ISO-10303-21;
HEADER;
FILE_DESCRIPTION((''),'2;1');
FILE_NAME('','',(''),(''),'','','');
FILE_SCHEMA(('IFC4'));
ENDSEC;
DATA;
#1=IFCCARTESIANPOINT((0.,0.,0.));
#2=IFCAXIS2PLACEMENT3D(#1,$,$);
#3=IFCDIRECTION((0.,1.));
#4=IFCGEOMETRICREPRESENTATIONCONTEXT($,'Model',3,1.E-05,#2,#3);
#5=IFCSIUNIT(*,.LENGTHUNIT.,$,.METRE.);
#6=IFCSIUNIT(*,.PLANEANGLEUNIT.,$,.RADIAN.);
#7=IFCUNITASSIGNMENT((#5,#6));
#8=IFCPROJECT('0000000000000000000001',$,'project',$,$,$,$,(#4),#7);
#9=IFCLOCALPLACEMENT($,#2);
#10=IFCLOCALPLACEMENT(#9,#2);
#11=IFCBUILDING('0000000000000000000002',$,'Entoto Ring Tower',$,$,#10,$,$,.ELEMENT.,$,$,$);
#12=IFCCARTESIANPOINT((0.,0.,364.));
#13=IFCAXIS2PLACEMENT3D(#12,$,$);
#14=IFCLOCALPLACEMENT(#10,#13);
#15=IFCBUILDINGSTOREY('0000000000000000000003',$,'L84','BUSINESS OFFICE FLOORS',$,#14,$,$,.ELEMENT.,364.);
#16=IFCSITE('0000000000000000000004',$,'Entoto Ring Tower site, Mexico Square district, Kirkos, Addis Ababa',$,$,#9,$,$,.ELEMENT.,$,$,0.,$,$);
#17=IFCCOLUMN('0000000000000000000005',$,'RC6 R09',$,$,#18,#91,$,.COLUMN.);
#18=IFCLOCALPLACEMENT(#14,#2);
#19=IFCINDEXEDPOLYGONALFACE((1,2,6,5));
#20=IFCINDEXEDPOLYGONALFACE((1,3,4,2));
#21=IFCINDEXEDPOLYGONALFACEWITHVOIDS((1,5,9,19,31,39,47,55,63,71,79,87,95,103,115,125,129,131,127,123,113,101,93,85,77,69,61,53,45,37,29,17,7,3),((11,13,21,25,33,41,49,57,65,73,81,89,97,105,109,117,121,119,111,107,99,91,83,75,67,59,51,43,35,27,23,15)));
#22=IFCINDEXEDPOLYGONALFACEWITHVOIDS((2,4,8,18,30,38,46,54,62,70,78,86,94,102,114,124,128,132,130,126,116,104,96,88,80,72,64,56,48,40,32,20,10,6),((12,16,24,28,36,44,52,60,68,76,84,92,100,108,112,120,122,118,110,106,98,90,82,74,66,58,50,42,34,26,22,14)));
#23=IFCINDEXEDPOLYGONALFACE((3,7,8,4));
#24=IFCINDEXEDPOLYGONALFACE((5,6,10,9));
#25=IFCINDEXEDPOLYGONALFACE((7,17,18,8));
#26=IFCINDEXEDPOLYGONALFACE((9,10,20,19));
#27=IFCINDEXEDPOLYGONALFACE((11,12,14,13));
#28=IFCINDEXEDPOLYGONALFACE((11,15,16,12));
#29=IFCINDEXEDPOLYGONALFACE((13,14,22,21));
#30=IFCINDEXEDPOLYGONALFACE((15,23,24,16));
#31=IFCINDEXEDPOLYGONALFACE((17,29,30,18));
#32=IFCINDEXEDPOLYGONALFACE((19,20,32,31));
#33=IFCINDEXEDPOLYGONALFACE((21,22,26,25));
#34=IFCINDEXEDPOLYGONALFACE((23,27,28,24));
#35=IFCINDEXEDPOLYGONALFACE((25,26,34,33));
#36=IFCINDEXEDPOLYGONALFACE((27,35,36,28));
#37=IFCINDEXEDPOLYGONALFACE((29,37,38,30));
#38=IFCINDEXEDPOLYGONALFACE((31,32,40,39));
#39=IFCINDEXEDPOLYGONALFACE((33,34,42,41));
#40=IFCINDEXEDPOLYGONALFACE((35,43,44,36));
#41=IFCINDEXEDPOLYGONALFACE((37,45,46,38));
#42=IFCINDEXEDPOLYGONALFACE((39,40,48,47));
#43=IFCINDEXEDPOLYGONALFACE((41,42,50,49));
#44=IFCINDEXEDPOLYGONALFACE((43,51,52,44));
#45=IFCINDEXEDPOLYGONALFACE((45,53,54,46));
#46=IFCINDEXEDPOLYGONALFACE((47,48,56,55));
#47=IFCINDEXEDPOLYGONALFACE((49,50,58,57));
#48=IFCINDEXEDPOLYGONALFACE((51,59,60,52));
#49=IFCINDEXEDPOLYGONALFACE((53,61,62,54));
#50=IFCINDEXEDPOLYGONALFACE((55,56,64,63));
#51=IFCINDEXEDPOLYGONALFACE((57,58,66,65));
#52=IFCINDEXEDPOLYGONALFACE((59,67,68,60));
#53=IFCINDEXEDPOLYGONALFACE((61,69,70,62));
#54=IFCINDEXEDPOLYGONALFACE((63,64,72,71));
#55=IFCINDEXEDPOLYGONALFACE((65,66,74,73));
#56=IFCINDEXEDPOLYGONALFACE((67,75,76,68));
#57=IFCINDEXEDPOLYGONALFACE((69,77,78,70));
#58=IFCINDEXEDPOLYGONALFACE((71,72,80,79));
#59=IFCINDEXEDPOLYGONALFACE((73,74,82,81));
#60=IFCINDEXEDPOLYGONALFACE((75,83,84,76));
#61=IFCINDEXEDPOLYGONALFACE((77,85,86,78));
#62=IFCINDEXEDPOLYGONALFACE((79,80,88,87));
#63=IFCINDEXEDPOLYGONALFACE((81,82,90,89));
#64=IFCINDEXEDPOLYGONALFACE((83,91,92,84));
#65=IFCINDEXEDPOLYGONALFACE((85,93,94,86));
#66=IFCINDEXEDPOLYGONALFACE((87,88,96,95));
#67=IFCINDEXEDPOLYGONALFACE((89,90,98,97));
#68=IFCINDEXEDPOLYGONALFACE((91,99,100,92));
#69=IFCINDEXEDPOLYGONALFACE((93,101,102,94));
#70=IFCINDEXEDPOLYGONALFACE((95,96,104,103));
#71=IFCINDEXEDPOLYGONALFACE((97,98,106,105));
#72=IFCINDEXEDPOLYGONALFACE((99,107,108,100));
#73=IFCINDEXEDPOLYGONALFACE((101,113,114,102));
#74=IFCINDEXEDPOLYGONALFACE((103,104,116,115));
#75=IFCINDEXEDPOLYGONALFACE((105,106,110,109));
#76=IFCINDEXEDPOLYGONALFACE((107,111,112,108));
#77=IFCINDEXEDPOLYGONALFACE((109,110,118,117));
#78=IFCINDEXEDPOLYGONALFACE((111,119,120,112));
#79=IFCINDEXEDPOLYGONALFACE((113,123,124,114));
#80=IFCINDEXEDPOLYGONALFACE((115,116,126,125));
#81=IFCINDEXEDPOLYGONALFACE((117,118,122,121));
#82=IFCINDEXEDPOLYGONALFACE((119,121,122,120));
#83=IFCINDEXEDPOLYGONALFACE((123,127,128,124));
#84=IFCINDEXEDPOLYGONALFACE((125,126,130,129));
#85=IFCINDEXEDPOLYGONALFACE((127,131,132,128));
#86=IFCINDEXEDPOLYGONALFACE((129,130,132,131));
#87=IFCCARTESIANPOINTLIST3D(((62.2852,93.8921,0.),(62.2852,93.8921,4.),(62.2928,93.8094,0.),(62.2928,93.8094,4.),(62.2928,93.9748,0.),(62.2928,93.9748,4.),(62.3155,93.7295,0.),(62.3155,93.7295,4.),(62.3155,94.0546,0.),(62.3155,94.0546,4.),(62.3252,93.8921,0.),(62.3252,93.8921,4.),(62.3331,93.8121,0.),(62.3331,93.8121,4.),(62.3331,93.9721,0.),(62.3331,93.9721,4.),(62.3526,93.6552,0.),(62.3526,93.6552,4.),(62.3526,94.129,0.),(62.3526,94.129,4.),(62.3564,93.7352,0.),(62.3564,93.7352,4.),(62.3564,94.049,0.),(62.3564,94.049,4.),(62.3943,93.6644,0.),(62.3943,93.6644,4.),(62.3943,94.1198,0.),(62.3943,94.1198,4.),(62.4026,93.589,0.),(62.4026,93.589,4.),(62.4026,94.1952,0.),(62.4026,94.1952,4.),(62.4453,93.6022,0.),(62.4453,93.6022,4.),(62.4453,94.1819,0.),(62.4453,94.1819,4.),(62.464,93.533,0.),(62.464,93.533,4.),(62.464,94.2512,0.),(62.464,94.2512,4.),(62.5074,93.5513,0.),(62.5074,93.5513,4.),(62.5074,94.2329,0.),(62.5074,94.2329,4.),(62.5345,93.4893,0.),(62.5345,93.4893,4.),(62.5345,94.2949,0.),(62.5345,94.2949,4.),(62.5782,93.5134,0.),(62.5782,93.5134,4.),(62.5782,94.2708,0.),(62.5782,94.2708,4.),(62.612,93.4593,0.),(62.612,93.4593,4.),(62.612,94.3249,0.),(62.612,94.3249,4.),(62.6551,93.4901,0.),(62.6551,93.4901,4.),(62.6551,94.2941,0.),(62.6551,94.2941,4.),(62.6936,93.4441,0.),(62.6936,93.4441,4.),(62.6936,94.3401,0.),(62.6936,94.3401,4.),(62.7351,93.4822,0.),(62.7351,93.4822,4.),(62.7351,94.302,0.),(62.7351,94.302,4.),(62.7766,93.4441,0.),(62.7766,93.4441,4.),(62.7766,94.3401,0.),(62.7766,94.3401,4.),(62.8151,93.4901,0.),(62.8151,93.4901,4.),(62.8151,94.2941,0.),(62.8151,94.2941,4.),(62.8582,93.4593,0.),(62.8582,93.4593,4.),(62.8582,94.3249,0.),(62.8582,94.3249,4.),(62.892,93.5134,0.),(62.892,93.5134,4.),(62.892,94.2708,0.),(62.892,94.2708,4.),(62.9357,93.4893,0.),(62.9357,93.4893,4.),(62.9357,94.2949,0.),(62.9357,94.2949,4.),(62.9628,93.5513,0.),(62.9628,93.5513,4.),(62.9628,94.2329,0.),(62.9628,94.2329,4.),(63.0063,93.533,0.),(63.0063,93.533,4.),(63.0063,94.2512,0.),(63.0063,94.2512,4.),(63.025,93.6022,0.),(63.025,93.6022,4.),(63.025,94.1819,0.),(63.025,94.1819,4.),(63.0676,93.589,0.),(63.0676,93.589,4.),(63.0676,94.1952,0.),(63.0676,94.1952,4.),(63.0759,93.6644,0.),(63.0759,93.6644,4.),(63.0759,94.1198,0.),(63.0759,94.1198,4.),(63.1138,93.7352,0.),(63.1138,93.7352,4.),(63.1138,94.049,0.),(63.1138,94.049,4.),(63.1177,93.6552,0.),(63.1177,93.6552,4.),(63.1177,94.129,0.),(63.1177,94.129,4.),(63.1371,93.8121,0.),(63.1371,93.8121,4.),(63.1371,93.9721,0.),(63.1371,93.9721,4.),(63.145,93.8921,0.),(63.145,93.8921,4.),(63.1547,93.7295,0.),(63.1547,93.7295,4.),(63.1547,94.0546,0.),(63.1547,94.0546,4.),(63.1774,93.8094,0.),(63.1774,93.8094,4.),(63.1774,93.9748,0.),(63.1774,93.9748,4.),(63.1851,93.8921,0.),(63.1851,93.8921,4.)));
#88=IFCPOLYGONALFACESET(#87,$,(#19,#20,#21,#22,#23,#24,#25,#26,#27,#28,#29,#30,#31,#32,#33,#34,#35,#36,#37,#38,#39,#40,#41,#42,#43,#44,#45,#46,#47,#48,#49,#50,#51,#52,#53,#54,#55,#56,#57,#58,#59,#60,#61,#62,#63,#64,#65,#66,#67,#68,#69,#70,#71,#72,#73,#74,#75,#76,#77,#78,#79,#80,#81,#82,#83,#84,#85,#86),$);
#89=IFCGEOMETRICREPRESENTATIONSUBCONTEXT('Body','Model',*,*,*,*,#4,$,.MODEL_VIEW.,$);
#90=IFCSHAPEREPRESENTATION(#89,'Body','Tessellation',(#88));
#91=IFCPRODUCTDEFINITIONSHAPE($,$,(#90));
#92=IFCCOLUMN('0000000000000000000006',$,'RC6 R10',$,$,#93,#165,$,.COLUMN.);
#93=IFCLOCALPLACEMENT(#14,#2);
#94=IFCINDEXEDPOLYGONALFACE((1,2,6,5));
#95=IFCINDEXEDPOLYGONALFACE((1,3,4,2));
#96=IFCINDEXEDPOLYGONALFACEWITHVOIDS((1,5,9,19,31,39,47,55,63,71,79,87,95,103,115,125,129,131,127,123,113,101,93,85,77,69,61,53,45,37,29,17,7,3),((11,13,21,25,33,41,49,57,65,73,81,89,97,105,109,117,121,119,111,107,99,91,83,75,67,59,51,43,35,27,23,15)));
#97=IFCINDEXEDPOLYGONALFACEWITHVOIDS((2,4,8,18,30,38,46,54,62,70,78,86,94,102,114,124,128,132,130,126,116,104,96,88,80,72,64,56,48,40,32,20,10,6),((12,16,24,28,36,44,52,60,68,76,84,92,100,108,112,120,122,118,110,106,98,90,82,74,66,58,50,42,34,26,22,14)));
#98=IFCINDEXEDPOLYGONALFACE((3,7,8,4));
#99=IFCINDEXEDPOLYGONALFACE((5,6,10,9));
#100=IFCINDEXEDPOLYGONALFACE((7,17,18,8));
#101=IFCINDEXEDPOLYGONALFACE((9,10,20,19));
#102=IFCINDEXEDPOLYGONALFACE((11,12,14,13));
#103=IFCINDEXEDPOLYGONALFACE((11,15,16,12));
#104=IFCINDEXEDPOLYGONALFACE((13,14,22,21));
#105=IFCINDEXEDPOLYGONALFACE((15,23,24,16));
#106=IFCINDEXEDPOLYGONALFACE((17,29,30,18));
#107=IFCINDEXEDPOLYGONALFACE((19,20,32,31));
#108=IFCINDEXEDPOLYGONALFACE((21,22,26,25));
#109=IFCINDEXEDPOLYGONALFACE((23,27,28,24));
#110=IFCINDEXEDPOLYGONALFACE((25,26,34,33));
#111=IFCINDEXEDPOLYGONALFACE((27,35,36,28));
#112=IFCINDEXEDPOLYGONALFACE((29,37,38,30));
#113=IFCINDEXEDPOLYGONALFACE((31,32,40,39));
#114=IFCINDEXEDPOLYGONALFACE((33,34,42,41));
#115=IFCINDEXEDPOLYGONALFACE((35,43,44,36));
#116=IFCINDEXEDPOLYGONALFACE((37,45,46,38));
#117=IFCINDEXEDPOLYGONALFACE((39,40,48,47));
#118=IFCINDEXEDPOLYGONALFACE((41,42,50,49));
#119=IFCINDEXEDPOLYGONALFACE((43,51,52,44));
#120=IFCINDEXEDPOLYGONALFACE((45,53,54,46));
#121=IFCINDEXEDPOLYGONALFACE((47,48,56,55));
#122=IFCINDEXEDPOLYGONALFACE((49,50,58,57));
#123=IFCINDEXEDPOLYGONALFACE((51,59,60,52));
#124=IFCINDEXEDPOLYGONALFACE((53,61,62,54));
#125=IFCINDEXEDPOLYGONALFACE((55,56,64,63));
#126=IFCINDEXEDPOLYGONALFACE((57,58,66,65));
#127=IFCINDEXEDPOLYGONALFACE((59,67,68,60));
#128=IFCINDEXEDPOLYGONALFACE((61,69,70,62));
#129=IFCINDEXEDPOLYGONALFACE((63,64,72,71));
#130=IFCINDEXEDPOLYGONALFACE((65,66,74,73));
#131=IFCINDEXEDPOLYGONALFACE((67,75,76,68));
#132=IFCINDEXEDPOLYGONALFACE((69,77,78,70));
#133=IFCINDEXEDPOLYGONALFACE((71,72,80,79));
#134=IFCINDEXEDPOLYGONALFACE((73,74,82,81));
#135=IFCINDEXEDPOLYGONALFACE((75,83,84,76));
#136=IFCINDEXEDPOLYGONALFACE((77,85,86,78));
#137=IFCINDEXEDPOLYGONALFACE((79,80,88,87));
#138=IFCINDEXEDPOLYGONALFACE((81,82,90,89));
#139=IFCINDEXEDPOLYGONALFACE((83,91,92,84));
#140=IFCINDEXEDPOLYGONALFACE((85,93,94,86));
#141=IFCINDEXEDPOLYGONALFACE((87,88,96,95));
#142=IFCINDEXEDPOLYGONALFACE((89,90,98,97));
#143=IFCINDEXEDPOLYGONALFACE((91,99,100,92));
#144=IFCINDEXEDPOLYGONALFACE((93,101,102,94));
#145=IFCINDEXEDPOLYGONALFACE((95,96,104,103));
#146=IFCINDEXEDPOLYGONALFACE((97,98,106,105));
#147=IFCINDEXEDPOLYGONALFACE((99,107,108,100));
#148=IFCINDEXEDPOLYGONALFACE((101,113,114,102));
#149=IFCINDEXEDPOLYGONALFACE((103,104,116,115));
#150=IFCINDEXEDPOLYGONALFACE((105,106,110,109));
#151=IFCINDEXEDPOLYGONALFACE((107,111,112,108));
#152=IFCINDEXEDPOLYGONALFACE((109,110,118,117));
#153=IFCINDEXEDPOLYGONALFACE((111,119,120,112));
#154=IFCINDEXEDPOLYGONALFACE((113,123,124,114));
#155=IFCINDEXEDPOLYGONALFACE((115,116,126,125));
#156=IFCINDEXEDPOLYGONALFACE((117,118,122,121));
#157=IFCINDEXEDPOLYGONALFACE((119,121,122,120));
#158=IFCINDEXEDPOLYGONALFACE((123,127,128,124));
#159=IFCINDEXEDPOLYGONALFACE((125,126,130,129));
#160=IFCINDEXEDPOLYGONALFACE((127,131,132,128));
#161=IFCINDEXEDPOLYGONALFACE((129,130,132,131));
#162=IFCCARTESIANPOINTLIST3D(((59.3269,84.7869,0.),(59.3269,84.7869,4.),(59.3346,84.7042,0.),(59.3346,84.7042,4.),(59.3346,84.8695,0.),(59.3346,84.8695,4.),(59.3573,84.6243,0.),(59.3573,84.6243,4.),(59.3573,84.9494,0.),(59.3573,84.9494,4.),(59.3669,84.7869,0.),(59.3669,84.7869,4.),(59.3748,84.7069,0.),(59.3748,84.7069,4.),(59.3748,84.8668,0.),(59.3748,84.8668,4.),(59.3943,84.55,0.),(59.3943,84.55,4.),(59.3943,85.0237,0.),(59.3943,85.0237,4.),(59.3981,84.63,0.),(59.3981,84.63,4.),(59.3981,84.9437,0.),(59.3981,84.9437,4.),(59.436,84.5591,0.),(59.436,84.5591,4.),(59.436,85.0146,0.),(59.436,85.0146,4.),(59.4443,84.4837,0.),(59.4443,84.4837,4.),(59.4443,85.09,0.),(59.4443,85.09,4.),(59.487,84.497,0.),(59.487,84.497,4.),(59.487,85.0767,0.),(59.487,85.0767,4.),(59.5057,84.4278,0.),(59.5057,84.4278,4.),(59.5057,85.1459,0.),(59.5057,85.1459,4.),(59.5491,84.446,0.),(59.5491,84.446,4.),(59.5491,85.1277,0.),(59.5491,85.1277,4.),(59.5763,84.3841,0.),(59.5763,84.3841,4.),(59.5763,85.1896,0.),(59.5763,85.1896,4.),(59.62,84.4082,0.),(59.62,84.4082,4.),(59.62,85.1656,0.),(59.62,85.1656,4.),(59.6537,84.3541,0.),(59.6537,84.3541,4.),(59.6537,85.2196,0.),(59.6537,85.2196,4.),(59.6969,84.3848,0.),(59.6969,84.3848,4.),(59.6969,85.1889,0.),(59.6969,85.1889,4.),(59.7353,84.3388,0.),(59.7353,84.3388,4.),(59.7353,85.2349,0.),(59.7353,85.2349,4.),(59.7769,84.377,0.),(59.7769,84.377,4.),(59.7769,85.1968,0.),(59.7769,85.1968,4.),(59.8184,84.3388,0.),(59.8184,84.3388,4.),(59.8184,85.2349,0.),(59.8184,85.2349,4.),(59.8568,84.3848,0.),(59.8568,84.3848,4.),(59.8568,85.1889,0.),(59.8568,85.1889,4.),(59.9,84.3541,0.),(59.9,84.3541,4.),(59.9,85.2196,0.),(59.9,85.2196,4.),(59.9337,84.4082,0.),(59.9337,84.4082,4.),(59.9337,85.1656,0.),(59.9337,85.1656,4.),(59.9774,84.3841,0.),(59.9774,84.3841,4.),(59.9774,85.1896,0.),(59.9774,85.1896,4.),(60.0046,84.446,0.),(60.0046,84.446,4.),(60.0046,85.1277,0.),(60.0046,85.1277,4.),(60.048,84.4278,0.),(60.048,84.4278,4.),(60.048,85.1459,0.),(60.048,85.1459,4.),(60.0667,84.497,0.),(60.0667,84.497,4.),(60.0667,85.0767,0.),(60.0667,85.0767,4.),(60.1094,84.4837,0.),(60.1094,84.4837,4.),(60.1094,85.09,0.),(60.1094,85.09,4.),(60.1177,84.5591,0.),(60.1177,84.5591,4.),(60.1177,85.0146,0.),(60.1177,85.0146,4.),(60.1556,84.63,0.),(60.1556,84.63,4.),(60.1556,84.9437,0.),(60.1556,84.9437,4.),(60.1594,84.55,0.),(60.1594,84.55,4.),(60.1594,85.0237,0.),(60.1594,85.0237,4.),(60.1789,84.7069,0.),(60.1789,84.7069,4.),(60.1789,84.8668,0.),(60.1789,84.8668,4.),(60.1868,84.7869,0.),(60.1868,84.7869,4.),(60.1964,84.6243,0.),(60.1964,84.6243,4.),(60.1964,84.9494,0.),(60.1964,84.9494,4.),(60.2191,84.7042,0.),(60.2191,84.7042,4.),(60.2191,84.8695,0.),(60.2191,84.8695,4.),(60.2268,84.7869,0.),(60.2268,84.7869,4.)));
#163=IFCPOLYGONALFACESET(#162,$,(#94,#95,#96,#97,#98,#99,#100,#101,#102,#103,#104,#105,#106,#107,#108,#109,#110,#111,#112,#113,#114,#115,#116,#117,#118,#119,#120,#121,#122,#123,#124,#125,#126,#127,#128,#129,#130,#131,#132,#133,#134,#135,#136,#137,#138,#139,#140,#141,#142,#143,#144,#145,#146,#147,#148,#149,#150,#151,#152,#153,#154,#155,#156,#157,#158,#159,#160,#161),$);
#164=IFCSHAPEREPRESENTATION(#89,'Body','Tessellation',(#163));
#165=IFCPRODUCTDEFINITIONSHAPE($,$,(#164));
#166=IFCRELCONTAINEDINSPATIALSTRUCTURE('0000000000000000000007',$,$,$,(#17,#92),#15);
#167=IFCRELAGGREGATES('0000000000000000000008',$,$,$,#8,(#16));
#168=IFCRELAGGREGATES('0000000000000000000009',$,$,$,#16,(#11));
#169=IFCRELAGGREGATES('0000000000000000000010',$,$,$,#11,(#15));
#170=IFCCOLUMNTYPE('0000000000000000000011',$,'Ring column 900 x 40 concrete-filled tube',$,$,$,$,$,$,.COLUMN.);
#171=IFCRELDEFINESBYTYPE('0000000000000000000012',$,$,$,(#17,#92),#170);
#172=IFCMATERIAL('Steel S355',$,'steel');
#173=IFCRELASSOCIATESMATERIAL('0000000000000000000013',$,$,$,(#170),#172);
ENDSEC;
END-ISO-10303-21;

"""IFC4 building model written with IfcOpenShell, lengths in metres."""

from ifc_helpers import new_model, si_unit, direction, frame, origin, origin_2d, place, context, subcontext, project, spatial, circle, hollow_circle, extrude, material, material_profile, profile_set, type_object, element, save


model = new_model("IFC4")

# Units and contexts
model_context = context("Model", 3, precision=1e-05, world=origin(), true_north=direction((0.0, 1.0)))
body_context = subcontext(model_context, "Body", "Model", "MODEL_VIEW")
ifc_project = project(units=[si_unit("LENGTHUNIT", "METRE"), si_unit("PLANEANGLEUNIT", "RADIAN")], contexts=[model_context])

# Site, building, storey
site_placement = place(None, origin())
site = spatial("IfcSite", under=ifc_project, at=site_placement, Name="Entoto Ring Tower site, Mexico Square district, Kirkos, Addis Ababa", CompositionType="ELEMENT", RefElevation=0.0)
building_placement = place(site_placement, origin())
building = spatial("IfcBuilding", under=site, at=building_placement, Name="Entoto Ring Tower", CompositionType="ELEMENT")
storey_placement = place(building_placement, frame((0.0, 0.0, 364.0)))
storey = spatial("IfcBuildingStorey", under=building, at=storey_placement, Name="L84", Description="BUSINESS OFFICE FLOORS", CompositionType="ELEMENT", Elevation=364.0)

# Columns
ifc_material_1 = material(Name="Steel S355", Category="steel")
ifc_material_profile_1 = material_profile(ifc_material_1, hollow_circle(Radius=0.45, WallThickness=0.04, at=origin_2d()), Name="CHS 900 x 40")
ifc_material_2 = material(Name="Concrete C60/75", Category="concrete")
ifc_material_profile_2 = material_profile(ifc_material_2, circle(Radius=0.4099, at=origin_2d()), Name="Concrete C60/75 infill")
ifc_profile_set_1 = profile_set([ifc_material_profile_1, ifc_material_profile_2], Name="Steel S355")
column_type = type_object("IfcColumnType", Name="Ring column 900 x 40 concrete-filled tube", PredefinedType="COLUMN", material=ifc_profile_set_1)
for number, where, z_axis, x_axis, name in (
    (1, (62.7351, 93.8921, 0.0), (0.0, 0.0, 1.0), (1.0, 0.0, 0.0), "RC6 R09"),
    (2, (59.7769, 84.7869, 0.0), (0.0, 0.0, 1.0), (1.0, 0.0, 0.0), "RC6 R10"),
):
    element("IfcColumn", number, at=place(storey_placement, frame(where, z_axis=z_axis, x_axis=x_axis)), inside=storey, type_object=column_type, Name=name, PredefinedType="COLUMN", context=body_context, shape_type="SweptSolid", body=[
        extrude(hollow_circle(Radius=0.45, WallThickness=0.04, at=origin_2d()), origin(), (0.0, 0.0, 1.0), 4.0),
    ])

save(model, "model.ifc")
